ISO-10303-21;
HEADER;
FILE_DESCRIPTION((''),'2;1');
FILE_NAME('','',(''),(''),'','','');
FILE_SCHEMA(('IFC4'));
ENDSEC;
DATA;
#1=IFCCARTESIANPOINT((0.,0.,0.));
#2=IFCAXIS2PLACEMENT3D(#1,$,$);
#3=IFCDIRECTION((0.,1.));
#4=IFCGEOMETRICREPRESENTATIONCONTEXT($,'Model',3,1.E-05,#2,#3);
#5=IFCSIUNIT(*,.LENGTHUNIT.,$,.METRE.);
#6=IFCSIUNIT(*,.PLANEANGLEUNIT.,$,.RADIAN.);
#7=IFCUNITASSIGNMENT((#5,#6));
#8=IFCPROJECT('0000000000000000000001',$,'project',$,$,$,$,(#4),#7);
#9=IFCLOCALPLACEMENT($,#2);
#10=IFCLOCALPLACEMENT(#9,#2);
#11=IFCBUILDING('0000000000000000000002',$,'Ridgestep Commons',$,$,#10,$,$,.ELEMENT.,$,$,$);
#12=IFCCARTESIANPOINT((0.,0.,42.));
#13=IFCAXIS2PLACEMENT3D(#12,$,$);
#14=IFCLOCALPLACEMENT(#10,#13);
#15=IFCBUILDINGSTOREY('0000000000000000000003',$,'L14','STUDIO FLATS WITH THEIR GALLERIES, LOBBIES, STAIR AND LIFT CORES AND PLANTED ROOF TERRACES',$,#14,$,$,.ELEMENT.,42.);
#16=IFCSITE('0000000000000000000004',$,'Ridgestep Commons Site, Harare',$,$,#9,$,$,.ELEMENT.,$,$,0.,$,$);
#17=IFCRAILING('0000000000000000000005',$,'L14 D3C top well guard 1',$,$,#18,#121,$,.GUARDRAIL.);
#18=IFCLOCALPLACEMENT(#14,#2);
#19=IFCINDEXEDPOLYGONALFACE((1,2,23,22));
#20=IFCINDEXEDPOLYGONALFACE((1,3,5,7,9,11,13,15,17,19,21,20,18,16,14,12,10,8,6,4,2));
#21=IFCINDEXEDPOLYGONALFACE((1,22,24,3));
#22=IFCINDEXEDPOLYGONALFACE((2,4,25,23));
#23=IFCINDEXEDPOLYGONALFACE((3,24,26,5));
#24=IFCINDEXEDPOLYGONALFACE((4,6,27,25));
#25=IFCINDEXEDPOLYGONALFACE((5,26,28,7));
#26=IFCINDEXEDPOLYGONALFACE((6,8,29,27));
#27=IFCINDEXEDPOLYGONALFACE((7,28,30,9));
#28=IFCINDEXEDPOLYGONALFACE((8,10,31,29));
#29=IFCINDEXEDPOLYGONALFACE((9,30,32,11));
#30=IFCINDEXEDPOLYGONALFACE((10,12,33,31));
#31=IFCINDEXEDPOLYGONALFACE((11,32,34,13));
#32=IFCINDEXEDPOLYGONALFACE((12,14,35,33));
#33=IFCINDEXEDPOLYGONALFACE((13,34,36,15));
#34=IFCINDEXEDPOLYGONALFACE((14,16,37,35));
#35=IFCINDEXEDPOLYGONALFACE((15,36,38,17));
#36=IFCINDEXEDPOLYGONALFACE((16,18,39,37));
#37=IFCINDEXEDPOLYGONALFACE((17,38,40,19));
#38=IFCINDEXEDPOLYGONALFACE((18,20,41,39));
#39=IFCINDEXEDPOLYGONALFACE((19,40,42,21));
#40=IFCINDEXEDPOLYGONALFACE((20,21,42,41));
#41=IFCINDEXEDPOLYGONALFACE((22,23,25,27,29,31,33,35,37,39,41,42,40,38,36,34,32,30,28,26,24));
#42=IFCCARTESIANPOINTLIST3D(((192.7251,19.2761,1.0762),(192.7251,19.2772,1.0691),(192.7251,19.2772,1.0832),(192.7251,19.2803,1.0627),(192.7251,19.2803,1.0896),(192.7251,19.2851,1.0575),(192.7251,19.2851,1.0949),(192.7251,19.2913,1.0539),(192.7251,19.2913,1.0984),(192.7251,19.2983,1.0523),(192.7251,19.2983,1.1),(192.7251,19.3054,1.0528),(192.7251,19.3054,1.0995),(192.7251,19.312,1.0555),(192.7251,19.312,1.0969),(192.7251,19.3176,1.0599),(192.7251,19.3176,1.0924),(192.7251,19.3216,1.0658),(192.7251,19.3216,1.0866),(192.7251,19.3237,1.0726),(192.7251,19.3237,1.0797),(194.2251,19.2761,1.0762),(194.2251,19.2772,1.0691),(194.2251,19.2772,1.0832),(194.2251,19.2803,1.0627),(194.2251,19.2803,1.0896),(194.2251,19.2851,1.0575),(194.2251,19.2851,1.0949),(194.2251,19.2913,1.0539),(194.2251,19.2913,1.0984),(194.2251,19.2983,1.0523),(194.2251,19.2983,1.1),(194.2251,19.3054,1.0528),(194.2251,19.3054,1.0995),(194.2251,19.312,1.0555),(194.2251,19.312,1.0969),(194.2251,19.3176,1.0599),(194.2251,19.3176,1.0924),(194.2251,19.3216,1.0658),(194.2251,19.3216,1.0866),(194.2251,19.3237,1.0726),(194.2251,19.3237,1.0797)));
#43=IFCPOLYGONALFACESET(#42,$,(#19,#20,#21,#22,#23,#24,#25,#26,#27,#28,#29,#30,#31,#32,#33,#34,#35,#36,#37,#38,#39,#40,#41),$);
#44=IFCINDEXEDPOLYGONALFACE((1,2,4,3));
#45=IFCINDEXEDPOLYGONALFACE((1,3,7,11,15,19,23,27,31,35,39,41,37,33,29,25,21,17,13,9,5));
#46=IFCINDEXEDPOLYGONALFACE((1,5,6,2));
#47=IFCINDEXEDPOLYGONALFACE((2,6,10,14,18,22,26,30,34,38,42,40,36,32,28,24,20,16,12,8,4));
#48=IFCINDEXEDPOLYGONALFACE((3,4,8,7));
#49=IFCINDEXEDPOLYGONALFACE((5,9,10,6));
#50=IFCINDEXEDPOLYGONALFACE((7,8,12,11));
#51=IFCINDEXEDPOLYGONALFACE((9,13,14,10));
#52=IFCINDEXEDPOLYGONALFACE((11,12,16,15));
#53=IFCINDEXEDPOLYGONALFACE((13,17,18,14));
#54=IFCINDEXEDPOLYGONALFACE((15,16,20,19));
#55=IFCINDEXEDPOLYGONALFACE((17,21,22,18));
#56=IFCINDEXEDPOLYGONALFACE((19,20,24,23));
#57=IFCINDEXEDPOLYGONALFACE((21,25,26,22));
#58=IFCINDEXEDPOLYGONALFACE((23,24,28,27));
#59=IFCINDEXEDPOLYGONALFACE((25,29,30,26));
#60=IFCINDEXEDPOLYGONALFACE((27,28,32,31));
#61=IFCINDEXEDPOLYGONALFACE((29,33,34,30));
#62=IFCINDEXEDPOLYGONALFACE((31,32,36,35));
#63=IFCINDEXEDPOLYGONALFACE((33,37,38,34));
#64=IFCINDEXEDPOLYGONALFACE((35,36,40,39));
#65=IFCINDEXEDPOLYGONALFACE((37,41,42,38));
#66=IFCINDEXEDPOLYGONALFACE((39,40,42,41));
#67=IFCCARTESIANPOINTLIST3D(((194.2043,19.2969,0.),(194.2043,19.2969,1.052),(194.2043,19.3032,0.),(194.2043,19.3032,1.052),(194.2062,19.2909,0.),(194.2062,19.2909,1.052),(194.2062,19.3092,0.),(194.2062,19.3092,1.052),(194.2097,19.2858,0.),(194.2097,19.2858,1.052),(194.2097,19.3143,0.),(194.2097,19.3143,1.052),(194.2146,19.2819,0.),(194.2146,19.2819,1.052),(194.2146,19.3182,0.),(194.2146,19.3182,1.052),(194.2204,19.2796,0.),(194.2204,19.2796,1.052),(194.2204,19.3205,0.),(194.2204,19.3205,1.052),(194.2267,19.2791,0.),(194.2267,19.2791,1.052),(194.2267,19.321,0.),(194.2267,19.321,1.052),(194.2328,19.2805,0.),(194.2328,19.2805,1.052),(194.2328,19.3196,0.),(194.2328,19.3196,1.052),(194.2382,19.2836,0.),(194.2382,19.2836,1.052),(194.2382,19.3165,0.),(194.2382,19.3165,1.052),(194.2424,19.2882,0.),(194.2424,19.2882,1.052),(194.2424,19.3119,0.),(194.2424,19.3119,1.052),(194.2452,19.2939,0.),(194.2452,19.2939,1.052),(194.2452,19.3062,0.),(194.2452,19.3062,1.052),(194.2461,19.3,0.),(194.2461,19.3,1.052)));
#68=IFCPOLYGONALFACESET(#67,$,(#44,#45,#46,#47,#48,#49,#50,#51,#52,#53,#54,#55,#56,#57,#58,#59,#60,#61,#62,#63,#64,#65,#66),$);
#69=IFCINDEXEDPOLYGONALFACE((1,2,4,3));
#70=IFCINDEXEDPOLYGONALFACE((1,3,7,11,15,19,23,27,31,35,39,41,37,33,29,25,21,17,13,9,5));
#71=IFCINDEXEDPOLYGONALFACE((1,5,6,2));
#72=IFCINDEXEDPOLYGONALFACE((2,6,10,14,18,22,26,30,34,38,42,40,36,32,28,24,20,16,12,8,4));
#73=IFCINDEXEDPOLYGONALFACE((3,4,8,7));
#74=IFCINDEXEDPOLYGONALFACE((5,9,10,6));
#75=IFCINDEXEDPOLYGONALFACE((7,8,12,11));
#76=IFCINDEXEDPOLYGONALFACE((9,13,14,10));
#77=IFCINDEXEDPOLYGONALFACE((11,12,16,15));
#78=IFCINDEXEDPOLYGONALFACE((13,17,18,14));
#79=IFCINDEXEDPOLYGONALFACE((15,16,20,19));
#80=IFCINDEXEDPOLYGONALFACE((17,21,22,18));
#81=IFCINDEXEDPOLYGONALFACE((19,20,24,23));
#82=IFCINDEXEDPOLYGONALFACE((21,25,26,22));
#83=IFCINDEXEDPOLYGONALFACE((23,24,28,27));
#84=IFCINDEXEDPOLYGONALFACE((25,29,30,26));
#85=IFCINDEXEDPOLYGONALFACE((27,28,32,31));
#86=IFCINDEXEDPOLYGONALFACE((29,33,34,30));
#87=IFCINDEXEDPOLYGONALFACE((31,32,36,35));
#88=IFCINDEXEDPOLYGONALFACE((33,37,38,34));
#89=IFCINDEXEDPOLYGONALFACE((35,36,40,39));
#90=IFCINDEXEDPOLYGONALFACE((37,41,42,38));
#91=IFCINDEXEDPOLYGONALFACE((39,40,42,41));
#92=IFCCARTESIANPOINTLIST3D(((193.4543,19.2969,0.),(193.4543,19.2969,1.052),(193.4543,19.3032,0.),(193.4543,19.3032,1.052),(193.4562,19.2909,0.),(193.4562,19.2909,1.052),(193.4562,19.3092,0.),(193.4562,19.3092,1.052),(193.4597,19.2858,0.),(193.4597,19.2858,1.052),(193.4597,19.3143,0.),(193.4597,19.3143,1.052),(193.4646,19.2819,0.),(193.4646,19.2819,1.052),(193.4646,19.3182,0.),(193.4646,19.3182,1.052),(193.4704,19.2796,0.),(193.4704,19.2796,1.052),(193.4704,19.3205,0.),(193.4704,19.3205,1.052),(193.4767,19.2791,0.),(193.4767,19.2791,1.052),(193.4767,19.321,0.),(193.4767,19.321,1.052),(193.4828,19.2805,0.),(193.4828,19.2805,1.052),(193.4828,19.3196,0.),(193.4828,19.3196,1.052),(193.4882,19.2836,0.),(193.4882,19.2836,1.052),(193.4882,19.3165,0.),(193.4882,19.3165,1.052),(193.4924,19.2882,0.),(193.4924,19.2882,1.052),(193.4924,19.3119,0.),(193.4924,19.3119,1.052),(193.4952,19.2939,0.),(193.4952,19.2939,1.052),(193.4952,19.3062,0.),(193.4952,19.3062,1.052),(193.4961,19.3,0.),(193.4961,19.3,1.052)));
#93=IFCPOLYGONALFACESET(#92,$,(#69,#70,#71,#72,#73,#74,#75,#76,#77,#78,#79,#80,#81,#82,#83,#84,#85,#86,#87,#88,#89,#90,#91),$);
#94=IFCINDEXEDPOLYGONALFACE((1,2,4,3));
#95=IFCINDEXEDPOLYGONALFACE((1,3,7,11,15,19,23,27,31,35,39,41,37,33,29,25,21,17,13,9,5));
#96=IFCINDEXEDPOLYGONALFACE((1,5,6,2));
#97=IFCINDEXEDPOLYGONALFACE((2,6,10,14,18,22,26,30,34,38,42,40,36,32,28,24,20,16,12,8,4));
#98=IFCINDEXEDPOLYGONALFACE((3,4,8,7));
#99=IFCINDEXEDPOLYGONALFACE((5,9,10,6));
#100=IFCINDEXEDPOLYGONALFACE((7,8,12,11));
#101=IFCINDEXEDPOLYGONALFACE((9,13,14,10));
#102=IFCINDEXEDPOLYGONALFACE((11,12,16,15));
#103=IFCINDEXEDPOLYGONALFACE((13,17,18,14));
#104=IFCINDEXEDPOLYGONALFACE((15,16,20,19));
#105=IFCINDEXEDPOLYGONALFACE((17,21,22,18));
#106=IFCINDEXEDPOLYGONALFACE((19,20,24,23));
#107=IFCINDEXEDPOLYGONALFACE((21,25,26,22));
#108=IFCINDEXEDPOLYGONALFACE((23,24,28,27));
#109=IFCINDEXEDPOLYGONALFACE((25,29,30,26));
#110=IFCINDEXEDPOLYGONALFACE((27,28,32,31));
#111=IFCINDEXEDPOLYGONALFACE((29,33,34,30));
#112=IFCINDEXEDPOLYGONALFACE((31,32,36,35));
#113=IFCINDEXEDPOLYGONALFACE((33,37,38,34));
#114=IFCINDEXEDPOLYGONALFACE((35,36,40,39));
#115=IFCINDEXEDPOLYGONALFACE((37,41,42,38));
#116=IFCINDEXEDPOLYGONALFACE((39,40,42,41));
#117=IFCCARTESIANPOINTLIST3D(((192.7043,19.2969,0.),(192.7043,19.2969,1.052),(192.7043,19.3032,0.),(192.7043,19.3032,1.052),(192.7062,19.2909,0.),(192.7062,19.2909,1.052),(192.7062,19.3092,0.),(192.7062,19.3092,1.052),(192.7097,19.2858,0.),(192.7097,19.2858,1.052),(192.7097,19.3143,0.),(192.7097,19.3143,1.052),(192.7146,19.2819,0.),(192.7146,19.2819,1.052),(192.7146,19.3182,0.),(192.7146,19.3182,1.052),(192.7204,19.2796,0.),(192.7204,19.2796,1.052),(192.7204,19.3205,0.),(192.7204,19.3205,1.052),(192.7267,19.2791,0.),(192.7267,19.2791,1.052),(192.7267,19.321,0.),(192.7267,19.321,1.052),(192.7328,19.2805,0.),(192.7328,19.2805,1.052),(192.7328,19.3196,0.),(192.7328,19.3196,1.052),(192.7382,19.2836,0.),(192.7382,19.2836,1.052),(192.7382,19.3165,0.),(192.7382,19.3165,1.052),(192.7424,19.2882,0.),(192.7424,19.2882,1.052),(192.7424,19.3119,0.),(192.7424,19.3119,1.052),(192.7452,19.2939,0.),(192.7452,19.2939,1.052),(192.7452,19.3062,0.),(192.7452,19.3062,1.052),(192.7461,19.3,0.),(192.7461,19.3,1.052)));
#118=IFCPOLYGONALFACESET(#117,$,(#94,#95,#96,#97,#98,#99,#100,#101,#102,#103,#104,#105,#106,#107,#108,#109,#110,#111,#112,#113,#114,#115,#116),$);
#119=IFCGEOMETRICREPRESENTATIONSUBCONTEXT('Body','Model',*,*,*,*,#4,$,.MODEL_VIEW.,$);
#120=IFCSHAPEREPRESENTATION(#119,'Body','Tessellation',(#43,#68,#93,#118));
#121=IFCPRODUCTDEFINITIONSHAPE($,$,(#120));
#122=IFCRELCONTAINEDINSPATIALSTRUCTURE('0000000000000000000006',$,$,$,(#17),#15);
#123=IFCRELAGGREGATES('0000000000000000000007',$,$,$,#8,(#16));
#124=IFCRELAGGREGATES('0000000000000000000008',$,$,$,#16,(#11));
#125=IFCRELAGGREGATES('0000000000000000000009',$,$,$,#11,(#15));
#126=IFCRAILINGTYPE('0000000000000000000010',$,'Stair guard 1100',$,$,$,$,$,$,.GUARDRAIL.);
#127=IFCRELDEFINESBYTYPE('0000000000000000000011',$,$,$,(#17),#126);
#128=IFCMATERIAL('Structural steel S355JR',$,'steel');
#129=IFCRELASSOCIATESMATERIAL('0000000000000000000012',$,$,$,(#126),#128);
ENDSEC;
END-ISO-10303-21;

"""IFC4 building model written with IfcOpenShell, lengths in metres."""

from ifc_helpers import new_model, si_unit, direction, frame, origin, origin_2d, place, context, subcontext, project, spatial, circle, extrude, material, type_object, element, save


model = new_model("IFC4")

# Units and contexts
model_context = context("Model", 3, precision=1e-05, world=origin(), true_north=direction((0.0, 1.0)))
body_context = subcontext(model_context, "Body", "Model", "MODEL_VIEW")
ifc_project = project(units=[si_unit("LENGTHUNIT", "METRE"), si_unit("PLANEANGLEUNIT", "RADIAN")], contexts=[model_context])

# Site, building, storey
site_placement = place(None, origin())
site = spatial("IfcSite", under=ifc_project, at=site_placement, Name="Ridgestep Commons Site, Harare", CompositionType="ELEMENT", RefElevation=0.0)
building_placement = place(site_placement, origin())
building = spatial("IfcBuilding", under=site, at=building_placement, Name="Ridgestep Commons", CompositionType="ELEMENT")
storey_placement = place(building_placement, frame((0.0, 0.0, 42.0)))
storey = spatial("IfcBuildingStorey", under=building, at=storey_placement, Name="L14", Description="STUDIO FLATS WITH THEIR GALLERIES, LOBBIES, STAIR AND LIFT CORES AND PLANTED ROOF TERRACES", CompositionType="ELEMENT", Elevation=42.0)

# Railing
ifc_material_1 = material(Name="Structural steel S355JR", Category="steel")
railing_type = type_object("IfcRailingType", Name="Stair guard 1100", PredefinedType="GUARDRAIL", material=ifc_material_1)
railing_placement = place(storey_placement, frame((194.2251, 19.3, 0.0)))
element("IfcRailing", 1, at=railing_placement, inside=storey, type_object=railing_type, Name="L14 D3C top well guard 1", PredefinedType="GUARDRAIL", context=body_context, shape_type="SweptSolid", body=[
    extrude(circle(Radius=0.0239, at=origin_2d()), frame((0.0, 0.0, 1.0762), z_axis=(-1.0, 0.0, 0.0), x_axis=(0.0, -1.0, 0.0)), (0.0, 0.0, 1.0), 1.5),
    extrude(circle(Radius=0.021, at=origin_2d()), origin(), (0.0, 0.0, 1.0), 1.052),
    extrude(circle(Radius=0.021, at=origin_2d()), frame((-0.75, 0.0, 0.0)), (0.0, 0.0, 1.0), 1.052),
    extrude(circle(Radius=0.021, at=origin_2d()), frame((-1.5, 0.0, 0.0)), (0.0, 0.0, 1.0), 1.052),
])

save(model, "model.ifc")
